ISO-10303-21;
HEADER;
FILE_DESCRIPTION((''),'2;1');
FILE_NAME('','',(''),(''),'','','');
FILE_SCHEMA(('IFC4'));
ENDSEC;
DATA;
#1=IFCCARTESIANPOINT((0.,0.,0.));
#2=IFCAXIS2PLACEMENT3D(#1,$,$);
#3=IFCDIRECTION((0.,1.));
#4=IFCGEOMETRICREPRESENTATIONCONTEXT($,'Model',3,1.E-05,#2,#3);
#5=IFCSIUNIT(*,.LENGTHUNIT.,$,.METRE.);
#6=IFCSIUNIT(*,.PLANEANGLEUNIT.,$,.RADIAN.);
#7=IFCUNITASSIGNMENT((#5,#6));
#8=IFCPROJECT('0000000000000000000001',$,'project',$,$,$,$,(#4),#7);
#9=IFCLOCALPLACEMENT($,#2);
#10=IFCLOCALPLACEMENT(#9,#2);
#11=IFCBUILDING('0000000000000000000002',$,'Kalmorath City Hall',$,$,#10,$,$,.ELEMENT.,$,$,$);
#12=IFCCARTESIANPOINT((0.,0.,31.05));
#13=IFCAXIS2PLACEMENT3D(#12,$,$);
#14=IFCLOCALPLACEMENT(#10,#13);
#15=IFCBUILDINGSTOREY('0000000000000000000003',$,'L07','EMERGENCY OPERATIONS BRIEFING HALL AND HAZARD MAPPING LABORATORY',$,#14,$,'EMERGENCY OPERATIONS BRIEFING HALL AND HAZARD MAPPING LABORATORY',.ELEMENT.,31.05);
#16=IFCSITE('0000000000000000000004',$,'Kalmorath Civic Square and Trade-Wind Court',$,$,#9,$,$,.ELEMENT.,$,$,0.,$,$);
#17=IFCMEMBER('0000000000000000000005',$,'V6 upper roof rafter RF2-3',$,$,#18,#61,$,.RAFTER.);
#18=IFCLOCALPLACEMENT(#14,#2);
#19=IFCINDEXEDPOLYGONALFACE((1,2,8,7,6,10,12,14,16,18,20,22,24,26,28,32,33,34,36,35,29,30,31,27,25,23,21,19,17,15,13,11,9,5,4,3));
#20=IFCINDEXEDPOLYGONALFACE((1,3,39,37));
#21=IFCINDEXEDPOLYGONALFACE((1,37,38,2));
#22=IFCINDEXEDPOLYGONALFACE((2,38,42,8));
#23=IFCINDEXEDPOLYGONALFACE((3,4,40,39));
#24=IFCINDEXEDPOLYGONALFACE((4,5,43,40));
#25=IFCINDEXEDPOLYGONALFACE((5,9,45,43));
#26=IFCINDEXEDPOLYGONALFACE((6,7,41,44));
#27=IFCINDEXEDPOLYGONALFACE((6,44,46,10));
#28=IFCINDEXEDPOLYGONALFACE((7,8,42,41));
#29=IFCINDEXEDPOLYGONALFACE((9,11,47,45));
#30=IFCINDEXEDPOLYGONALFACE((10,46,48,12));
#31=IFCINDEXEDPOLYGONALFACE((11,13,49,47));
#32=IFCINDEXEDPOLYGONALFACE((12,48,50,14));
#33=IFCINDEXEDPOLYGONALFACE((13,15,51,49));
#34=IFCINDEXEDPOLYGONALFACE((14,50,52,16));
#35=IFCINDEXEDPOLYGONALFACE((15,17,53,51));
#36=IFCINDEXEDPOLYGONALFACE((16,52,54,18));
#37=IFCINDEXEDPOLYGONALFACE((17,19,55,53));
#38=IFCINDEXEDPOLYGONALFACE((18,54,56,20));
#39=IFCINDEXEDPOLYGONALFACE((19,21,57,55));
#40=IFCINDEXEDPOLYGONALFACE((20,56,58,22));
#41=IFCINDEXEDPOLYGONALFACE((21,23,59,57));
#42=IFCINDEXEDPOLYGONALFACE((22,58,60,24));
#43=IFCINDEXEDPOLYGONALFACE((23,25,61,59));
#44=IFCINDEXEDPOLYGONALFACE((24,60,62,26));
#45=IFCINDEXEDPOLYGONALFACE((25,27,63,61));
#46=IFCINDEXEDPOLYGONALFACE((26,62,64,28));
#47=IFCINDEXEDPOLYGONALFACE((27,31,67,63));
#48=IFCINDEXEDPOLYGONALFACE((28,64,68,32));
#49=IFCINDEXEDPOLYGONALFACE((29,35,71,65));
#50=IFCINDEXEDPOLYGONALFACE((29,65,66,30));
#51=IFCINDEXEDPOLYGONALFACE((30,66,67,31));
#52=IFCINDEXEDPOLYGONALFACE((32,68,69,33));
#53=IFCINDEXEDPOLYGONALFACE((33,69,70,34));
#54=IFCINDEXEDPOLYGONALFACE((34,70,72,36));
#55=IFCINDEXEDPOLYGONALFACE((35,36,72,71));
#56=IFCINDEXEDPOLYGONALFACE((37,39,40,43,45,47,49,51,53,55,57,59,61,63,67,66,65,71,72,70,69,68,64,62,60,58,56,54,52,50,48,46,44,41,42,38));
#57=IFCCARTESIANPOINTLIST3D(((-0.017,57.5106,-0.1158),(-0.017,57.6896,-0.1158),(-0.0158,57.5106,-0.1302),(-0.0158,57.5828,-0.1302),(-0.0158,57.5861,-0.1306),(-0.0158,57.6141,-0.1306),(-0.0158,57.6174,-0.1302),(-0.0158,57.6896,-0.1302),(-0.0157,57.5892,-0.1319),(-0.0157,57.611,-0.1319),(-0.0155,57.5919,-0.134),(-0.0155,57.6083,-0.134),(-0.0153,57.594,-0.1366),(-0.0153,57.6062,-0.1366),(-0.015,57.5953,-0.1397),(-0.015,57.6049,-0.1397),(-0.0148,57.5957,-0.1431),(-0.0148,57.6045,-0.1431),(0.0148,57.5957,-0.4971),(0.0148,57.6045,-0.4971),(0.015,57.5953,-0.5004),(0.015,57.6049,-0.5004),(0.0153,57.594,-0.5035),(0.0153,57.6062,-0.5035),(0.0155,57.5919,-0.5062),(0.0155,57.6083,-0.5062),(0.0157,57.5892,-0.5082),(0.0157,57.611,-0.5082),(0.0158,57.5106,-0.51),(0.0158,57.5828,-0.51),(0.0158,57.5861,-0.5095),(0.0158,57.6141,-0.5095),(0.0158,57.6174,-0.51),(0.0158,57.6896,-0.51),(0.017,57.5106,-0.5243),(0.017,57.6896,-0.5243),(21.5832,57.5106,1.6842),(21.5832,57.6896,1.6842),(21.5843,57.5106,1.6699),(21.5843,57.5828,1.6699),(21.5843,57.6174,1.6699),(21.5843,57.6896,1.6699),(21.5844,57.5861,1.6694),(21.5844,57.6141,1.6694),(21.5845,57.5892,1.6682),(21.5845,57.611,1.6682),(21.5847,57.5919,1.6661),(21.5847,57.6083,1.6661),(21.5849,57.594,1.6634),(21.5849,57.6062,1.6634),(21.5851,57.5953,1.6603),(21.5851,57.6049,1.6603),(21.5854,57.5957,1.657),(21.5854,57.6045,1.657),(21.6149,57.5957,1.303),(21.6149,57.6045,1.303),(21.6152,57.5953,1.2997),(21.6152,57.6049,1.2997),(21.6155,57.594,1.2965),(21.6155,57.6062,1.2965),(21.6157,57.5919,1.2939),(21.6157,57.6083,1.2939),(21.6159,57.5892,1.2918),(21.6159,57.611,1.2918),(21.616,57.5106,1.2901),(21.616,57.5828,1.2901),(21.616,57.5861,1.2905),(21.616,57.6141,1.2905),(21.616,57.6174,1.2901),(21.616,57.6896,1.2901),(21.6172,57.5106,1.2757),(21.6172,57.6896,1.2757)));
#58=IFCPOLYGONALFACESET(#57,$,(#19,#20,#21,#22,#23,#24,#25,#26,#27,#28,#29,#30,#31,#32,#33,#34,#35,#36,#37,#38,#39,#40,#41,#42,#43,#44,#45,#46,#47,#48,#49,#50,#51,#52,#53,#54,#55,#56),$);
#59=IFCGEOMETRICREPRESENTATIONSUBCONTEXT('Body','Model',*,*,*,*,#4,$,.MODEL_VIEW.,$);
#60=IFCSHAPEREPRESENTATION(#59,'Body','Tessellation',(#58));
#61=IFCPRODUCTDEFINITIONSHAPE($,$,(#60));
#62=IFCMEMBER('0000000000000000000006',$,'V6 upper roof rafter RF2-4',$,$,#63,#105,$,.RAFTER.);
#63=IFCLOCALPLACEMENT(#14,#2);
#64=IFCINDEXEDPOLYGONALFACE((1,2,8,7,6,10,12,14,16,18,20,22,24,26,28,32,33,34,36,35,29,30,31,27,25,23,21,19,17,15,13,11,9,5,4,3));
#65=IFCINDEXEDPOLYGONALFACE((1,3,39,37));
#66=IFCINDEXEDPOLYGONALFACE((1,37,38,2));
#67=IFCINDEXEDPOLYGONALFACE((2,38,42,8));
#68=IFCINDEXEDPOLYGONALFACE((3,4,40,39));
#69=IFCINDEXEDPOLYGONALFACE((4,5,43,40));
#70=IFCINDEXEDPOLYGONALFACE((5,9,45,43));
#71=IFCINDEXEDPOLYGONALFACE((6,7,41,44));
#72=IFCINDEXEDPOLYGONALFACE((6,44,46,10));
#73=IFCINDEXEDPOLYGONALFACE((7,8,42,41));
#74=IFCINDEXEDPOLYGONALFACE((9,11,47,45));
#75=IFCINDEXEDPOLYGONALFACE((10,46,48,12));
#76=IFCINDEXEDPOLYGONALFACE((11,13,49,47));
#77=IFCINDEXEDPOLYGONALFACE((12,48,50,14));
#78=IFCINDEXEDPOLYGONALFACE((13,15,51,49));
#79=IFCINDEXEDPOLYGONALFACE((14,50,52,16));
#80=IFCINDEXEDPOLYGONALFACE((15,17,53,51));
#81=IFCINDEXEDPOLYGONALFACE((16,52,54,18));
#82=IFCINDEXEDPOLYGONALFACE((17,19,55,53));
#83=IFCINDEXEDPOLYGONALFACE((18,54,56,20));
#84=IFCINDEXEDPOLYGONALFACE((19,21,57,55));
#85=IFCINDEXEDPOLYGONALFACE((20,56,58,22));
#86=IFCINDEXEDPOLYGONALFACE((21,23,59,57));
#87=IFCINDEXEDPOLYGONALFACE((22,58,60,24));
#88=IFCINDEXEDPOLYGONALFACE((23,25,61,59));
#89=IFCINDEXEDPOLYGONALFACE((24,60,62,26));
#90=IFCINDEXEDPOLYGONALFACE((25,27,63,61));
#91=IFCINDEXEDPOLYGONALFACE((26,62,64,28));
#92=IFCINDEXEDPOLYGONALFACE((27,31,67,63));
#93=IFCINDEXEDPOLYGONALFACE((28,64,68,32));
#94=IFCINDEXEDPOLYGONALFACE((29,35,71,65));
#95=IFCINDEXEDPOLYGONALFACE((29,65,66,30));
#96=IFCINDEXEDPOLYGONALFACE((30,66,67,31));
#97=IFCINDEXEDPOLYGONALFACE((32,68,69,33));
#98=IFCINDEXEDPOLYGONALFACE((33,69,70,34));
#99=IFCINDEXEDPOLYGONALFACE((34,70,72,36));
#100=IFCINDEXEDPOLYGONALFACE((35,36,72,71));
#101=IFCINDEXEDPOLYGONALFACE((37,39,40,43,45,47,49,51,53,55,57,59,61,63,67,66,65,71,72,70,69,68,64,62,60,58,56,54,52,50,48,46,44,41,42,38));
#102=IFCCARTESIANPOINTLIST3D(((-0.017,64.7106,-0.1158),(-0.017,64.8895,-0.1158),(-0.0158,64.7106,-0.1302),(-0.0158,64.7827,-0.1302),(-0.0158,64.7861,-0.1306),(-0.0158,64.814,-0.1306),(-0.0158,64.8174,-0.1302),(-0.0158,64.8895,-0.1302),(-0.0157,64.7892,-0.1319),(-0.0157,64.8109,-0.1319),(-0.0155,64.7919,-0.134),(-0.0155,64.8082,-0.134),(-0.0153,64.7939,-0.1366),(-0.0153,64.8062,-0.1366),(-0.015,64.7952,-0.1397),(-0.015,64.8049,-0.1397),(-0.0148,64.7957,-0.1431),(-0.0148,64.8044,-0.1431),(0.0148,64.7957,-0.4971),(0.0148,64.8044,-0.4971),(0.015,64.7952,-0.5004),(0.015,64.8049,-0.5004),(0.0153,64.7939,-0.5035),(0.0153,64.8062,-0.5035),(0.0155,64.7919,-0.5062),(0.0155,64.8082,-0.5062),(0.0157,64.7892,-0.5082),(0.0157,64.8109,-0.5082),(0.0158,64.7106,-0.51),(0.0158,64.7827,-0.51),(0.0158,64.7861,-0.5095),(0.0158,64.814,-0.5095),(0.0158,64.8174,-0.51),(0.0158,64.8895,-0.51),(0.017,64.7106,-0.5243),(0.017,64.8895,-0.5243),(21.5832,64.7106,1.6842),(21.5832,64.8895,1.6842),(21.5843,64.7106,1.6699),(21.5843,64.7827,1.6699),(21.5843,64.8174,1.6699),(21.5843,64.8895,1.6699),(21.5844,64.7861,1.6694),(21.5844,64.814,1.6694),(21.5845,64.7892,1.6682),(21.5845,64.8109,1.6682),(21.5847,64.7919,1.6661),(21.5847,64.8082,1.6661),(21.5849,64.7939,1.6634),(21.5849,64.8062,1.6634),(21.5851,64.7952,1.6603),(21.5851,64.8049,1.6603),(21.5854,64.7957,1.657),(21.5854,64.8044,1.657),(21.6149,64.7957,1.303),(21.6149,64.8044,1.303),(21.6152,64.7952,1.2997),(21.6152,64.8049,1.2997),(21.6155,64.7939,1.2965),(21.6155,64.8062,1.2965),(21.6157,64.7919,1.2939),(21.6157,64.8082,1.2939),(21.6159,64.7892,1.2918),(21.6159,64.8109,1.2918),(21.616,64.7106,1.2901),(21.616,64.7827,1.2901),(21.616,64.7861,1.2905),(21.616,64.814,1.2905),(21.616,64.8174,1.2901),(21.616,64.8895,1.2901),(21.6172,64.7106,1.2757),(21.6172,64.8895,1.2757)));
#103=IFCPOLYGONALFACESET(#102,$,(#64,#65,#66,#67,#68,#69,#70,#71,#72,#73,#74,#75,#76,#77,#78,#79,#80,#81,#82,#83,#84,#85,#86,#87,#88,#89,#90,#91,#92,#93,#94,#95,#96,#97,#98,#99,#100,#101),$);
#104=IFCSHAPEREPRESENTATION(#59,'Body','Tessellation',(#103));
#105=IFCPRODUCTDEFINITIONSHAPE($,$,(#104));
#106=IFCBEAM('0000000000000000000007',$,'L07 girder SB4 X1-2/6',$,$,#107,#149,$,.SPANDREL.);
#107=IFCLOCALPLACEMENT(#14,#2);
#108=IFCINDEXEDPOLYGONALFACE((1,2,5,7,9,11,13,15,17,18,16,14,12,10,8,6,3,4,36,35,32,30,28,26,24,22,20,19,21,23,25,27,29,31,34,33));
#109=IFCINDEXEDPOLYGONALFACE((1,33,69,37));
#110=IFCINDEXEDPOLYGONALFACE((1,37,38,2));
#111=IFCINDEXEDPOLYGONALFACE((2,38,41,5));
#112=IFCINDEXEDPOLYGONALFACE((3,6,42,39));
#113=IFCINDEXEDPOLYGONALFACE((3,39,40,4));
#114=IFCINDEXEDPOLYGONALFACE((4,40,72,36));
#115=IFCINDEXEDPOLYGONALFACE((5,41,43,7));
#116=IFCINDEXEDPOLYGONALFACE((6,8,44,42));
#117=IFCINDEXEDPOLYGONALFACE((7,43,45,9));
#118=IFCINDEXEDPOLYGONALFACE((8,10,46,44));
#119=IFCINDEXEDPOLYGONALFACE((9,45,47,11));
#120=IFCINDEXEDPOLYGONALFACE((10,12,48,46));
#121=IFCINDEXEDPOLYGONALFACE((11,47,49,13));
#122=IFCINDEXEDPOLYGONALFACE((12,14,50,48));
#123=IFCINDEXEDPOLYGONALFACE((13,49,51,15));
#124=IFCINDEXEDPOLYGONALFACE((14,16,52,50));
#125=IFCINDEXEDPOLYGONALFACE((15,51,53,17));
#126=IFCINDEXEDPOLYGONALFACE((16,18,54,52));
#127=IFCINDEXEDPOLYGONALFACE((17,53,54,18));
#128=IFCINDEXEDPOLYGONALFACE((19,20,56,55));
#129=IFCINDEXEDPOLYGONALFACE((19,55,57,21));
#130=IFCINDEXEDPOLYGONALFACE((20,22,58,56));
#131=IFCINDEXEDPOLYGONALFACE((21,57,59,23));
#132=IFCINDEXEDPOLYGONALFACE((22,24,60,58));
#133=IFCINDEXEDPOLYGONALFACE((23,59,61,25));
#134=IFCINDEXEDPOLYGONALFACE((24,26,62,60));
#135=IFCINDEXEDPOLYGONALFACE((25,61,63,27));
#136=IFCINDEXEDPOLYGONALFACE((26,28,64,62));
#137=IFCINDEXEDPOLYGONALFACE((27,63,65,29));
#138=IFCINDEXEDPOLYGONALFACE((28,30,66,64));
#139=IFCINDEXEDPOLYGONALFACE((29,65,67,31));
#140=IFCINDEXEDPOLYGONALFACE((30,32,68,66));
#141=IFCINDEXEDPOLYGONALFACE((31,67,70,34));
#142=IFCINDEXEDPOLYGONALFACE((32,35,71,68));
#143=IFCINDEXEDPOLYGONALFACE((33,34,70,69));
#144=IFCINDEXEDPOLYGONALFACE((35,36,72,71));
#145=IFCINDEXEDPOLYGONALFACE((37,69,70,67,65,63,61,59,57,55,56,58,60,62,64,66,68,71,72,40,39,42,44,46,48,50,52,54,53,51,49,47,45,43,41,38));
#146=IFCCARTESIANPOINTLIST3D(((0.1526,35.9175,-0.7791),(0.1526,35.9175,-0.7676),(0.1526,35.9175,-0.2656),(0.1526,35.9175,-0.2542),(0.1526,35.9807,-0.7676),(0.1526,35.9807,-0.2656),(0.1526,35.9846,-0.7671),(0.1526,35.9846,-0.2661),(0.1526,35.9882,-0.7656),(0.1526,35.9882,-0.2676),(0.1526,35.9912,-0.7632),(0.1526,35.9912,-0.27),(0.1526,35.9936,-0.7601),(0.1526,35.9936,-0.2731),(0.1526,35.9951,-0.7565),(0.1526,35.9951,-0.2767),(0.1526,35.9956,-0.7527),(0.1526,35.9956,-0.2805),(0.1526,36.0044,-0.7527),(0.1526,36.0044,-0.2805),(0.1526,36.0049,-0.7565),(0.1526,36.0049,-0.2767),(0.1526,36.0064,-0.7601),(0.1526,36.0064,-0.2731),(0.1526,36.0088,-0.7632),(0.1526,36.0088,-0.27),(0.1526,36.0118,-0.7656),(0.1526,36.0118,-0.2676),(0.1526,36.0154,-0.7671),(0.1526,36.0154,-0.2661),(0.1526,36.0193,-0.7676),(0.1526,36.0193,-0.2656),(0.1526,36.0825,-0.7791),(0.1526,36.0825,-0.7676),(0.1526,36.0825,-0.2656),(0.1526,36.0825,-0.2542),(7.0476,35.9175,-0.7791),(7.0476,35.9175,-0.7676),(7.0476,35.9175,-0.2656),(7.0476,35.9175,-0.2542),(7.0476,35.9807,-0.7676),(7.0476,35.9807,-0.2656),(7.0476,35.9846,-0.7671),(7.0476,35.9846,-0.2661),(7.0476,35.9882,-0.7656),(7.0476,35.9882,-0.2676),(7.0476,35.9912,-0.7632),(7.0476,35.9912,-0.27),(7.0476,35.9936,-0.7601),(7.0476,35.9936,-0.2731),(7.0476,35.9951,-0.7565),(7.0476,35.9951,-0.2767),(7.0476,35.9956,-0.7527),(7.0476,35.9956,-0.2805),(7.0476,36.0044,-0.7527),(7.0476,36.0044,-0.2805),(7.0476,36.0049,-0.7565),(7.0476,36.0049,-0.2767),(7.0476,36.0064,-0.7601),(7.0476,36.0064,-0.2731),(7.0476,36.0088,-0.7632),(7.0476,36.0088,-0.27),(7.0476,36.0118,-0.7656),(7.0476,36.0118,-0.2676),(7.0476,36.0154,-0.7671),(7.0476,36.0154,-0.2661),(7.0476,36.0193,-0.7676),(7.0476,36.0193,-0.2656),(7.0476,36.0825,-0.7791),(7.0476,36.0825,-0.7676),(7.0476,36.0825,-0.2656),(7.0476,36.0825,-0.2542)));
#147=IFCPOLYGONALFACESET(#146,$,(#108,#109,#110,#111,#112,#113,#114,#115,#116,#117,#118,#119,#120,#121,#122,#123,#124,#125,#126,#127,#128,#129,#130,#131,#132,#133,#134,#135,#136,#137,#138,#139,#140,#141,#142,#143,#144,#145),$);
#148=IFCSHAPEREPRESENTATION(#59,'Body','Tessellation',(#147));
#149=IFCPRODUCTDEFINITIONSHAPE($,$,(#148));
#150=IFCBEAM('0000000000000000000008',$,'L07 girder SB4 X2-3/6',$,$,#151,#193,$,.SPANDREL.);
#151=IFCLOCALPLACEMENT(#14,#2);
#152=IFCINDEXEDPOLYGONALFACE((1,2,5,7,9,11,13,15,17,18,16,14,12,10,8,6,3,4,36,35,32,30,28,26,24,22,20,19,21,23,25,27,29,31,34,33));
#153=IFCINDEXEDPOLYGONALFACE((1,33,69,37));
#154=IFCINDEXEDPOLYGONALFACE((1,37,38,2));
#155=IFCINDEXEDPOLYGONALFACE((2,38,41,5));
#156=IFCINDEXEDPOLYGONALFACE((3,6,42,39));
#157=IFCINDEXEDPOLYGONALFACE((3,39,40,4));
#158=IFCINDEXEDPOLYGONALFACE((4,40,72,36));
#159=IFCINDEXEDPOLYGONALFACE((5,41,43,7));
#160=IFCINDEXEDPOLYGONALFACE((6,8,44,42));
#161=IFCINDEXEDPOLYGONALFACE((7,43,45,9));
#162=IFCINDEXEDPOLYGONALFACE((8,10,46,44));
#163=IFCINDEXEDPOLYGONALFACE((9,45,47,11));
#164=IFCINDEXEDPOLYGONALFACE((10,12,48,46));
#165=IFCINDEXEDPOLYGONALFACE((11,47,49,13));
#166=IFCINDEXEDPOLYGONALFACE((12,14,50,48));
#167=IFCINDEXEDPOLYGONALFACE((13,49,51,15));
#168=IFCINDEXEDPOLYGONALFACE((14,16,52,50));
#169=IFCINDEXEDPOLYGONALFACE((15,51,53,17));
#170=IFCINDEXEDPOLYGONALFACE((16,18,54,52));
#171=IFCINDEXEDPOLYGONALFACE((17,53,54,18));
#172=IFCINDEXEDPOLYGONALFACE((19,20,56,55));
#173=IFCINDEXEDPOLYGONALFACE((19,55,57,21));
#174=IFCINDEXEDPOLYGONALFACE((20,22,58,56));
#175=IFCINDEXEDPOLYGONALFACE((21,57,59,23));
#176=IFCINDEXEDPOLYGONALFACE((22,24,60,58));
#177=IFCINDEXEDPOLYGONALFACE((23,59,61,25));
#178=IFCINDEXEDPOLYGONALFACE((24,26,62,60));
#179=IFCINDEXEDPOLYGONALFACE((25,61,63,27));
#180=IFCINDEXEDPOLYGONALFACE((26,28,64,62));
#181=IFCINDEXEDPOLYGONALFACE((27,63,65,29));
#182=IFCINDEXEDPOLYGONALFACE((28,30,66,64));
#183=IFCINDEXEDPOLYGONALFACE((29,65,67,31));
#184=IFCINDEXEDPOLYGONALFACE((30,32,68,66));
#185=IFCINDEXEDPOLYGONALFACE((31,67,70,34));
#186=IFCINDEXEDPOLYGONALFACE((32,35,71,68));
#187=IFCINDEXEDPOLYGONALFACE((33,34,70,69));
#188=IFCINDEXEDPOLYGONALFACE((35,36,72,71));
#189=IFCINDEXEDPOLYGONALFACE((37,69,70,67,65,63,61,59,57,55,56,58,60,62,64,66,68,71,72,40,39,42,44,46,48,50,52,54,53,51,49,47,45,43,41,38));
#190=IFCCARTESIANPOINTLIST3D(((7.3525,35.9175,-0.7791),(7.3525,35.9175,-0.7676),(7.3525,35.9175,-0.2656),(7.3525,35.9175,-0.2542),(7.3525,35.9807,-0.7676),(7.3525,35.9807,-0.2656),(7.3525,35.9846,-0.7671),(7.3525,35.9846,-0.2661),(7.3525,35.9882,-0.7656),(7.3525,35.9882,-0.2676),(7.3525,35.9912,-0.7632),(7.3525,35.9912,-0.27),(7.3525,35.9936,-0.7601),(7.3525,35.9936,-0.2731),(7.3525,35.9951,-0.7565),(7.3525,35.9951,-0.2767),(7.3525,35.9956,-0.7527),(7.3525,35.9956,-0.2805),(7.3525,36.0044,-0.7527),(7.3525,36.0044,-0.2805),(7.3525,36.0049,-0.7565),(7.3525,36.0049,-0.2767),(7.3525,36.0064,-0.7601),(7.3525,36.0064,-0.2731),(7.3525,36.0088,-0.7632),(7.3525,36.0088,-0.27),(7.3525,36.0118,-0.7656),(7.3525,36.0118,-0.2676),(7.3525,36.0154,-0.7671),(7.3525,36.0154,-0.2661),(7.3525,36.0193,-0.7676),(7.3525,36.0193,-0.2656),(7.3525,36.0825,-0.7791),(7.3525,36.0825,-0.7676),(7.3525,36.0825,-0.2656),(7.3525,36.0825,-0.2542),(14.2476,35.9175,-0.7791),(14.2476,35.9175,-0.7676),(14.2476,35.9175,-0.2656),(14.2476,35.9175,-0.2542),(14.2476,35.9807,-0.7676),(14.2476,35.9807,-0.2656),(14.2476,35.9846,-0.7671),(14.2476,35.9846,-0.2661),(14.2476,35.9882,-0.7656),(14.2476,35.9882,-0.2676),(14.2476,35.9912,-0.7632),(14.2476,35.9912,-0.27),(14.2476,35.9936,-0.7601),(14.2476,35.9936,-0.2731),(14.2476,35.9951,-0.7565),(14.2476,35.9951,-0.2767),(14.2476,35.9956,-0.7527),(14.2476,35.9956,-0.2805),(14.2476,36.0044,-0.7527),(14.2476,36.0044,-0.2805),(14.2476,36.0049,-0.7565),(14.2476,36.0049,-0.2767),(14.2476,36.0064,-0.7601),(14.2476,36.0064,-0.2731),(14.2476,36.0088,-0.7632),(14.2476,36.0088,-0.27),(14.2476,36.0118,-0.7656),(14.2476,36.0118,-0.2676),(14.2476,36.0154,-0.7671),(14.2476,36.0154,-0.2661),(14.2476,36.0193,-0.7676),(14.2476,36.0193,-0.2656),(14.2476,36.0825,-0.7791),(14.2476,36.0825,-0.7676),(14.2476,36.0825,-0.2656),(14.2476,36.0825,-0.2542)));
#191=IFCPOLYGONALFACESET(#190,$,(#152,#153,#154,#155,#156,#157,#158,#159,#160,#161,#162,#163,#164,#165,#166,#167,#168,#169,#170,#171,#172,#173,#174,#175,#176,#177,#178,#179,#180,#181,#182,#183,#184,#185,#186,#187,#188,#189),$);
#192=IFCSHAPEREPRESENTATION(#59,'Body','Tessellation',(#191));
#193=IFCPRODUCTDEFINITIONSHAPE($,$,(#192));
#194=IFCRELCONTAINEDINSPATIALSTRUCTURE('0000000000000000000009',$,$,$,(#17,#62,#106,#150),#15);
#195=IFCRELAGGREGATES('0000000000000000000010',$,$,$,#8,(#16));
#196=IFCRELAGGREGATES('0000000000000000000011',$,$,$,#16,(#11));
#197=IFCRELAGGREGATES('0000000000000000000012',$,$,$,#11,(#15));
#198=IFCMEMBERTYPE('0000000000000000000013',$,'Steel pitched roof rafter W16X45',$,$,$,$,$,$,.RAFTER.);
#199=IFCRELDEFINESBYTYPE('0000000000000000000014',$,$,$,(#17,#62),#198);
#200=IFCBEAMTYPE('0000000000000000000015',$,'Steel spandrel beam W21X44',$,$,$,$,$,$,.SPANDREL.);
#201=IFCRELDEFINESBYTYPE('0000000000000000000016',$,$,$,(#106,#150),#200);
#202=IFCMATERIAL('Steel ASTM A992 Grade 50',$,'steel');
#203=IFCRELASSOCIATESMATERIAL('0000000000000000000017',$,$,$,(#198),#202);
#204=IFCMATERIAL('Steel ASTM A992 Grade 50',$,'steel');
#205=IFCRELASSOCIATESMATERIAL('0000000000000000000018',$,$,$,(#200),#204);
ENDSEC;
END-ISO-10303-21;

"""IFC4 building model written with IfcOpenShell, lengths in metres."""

from ifc_helpers import new_model, si_unit, direction, frame, origin, origin_2d, place, context, subcontext, project, spatial, i_section, extrude, material, material_profile, profile_set, type_object, element, save


model = new_model("IFC4")

# Units and contexts
model_context = context("Model", 3, precision=1e-05, world=origin(), true_north=direction((0.0, 1.0)))
body_context = subcontext(model_context, "Body", "Model", "MODEL_VIEW")
ifc_project = project(units=[si_unit("LENGTHUNIT", "METRE"), si_unit("PLANEANGLEUNIT", "RADIAN")], contexts=[model_context])

# Site, building, storey
site_placement = place(None, origin())
site = spatial("IfcSite", under=ifc_project, at=site_placement, Name="Kalmorath Civic Square and Trade-Wind Court", CompositionType="ELEMENT", RefElevation=0.0)
building_placement = place(site_placement, origin())
building = spatial("IfcBuilding", under=site, at=building_placement, Name="Kalmorath City Hall", CompositionType="ELEMENT")
storey_placement = place(building_placement, frame((0.0, 0.0, 31.05)))
storey = spatial("IfcBuildingStorey", under=building, at=storey_placement, Name="L07", Description="EMERGENCY OPERATIONS BRIEFING HALL AND HAZARD MAPPING LABORATORY", LongName="EMERGENCY OPERATIONS BRIEFING HALL AND HAZARD MAPPING LABORATORY", CompositionType="ELEMENT", Elevation=31.05)

# Members
ifc_material_1 = material(Name="Steel ASTM A992 Grade 50", Category="steel")
ifc_material_profile_1 = material_profile(ifc_material_1, i_section(OverallWidth=0.179, OverallDepth=0.4099, WebThickness=0.0088, FlangeThickness=0.0144, FilletRadius=0.0129, at=origin_2d()), Name="W16X45")
ifc_profile_set_1 = profile_set([ifc_material_profile_1], Name="Steel ASTM A992 Grade 50")
member_type = type_object("IfcMemberType", Name="Steel pitched roof rafter W16X45", PredefinedType="RAFTER", material=ifc_profile_set_1)
for number, where, z_axis, x_axis, name in (
    (1, (0.0, 57.6001, -0.3201), (0.996546, 0.0, 0.083047), (0.0, 1.0, 0.0), "V6 upper roof rafter RF2-3"),
    (2, (0.0, 64.8, -0.3201), (0.996546, 0.0, 0.083047), (0.0, 1.0, 0.0), "V6 upper roof rafter RF2-4"),
):
    element("IfcMember", number, at=place(storey_placement, frame(where, z_axis=z_axis, x_axis=x_axis)), inside=storey, type_object=member_type, Name=name, PredefinedType="RAFTER", context=body_context, shape_type="SweptSolid", body=[
        extrude(i_section(OverallWidth=0.179, OverallDepth=0.4099, WebThickness=0.0088, FlangeThickness=0.0144, FilletRadius=0.0129, at=origin_2d()), origin(), (0.0, 0.0, 1.0), 21.675),
    ])

# Beams
ifc_material_2 = material(Name="Steel ASTM A992 Grade 50", Category="steel")
ifc_material_profile_2 = material_profile(ifc_material_2, i_section(OverallWidth=0.165, OverallDepth=0.5249, WebThickness=0.0088, FlangeThickness=0.0115, FilletRadius=0.0149, at=origin_2d()), Name="W21X44")
ifc_profile_set_2 = profile_set([ifc_material_profile_2], Name="Steel ASTM A992 Grade 50")
beam_type = type_object("IfcBeamType", Name="Steel spandrel beam W21X44", PredefinedType="SPANDREL", material=ifc_profile_set_2)
for number, where, z_axis, x_axis, name in (
    (3, (0.1526, 36.0, -0.5166), (1.0, 0.0, 0.0), (0.0, 1.0, 0.0), "L07 girder SB4 X1-2/6"),
    (4, (7.3525, 36.0, -0.5166), (1.0, 0.0, 0.0), (0.0, 1.0, 0.0), "L07 girder SB4 X2-3/6"),
):
    element("IfcBeam", number, at=place(storey_placement, frame(where, z_axis=z_axis, x_axis=x_axis)), inside=storey, type_object=beam_type, Name=name, PredefinedType="SPANDREL", context=body_context, shape_type="SweptSolid", body=[
        extrude(i_section(OverallWidth=0.165, OverallDepth=0.5249, WebThickness=0.0088, FlangeThickness=0.0115, FilletRadius=0.0149, at=origin_2d()), origin(), (0.0, 0.0, 1.0), 6.895),
    ])

save(model, "model.ifc")
